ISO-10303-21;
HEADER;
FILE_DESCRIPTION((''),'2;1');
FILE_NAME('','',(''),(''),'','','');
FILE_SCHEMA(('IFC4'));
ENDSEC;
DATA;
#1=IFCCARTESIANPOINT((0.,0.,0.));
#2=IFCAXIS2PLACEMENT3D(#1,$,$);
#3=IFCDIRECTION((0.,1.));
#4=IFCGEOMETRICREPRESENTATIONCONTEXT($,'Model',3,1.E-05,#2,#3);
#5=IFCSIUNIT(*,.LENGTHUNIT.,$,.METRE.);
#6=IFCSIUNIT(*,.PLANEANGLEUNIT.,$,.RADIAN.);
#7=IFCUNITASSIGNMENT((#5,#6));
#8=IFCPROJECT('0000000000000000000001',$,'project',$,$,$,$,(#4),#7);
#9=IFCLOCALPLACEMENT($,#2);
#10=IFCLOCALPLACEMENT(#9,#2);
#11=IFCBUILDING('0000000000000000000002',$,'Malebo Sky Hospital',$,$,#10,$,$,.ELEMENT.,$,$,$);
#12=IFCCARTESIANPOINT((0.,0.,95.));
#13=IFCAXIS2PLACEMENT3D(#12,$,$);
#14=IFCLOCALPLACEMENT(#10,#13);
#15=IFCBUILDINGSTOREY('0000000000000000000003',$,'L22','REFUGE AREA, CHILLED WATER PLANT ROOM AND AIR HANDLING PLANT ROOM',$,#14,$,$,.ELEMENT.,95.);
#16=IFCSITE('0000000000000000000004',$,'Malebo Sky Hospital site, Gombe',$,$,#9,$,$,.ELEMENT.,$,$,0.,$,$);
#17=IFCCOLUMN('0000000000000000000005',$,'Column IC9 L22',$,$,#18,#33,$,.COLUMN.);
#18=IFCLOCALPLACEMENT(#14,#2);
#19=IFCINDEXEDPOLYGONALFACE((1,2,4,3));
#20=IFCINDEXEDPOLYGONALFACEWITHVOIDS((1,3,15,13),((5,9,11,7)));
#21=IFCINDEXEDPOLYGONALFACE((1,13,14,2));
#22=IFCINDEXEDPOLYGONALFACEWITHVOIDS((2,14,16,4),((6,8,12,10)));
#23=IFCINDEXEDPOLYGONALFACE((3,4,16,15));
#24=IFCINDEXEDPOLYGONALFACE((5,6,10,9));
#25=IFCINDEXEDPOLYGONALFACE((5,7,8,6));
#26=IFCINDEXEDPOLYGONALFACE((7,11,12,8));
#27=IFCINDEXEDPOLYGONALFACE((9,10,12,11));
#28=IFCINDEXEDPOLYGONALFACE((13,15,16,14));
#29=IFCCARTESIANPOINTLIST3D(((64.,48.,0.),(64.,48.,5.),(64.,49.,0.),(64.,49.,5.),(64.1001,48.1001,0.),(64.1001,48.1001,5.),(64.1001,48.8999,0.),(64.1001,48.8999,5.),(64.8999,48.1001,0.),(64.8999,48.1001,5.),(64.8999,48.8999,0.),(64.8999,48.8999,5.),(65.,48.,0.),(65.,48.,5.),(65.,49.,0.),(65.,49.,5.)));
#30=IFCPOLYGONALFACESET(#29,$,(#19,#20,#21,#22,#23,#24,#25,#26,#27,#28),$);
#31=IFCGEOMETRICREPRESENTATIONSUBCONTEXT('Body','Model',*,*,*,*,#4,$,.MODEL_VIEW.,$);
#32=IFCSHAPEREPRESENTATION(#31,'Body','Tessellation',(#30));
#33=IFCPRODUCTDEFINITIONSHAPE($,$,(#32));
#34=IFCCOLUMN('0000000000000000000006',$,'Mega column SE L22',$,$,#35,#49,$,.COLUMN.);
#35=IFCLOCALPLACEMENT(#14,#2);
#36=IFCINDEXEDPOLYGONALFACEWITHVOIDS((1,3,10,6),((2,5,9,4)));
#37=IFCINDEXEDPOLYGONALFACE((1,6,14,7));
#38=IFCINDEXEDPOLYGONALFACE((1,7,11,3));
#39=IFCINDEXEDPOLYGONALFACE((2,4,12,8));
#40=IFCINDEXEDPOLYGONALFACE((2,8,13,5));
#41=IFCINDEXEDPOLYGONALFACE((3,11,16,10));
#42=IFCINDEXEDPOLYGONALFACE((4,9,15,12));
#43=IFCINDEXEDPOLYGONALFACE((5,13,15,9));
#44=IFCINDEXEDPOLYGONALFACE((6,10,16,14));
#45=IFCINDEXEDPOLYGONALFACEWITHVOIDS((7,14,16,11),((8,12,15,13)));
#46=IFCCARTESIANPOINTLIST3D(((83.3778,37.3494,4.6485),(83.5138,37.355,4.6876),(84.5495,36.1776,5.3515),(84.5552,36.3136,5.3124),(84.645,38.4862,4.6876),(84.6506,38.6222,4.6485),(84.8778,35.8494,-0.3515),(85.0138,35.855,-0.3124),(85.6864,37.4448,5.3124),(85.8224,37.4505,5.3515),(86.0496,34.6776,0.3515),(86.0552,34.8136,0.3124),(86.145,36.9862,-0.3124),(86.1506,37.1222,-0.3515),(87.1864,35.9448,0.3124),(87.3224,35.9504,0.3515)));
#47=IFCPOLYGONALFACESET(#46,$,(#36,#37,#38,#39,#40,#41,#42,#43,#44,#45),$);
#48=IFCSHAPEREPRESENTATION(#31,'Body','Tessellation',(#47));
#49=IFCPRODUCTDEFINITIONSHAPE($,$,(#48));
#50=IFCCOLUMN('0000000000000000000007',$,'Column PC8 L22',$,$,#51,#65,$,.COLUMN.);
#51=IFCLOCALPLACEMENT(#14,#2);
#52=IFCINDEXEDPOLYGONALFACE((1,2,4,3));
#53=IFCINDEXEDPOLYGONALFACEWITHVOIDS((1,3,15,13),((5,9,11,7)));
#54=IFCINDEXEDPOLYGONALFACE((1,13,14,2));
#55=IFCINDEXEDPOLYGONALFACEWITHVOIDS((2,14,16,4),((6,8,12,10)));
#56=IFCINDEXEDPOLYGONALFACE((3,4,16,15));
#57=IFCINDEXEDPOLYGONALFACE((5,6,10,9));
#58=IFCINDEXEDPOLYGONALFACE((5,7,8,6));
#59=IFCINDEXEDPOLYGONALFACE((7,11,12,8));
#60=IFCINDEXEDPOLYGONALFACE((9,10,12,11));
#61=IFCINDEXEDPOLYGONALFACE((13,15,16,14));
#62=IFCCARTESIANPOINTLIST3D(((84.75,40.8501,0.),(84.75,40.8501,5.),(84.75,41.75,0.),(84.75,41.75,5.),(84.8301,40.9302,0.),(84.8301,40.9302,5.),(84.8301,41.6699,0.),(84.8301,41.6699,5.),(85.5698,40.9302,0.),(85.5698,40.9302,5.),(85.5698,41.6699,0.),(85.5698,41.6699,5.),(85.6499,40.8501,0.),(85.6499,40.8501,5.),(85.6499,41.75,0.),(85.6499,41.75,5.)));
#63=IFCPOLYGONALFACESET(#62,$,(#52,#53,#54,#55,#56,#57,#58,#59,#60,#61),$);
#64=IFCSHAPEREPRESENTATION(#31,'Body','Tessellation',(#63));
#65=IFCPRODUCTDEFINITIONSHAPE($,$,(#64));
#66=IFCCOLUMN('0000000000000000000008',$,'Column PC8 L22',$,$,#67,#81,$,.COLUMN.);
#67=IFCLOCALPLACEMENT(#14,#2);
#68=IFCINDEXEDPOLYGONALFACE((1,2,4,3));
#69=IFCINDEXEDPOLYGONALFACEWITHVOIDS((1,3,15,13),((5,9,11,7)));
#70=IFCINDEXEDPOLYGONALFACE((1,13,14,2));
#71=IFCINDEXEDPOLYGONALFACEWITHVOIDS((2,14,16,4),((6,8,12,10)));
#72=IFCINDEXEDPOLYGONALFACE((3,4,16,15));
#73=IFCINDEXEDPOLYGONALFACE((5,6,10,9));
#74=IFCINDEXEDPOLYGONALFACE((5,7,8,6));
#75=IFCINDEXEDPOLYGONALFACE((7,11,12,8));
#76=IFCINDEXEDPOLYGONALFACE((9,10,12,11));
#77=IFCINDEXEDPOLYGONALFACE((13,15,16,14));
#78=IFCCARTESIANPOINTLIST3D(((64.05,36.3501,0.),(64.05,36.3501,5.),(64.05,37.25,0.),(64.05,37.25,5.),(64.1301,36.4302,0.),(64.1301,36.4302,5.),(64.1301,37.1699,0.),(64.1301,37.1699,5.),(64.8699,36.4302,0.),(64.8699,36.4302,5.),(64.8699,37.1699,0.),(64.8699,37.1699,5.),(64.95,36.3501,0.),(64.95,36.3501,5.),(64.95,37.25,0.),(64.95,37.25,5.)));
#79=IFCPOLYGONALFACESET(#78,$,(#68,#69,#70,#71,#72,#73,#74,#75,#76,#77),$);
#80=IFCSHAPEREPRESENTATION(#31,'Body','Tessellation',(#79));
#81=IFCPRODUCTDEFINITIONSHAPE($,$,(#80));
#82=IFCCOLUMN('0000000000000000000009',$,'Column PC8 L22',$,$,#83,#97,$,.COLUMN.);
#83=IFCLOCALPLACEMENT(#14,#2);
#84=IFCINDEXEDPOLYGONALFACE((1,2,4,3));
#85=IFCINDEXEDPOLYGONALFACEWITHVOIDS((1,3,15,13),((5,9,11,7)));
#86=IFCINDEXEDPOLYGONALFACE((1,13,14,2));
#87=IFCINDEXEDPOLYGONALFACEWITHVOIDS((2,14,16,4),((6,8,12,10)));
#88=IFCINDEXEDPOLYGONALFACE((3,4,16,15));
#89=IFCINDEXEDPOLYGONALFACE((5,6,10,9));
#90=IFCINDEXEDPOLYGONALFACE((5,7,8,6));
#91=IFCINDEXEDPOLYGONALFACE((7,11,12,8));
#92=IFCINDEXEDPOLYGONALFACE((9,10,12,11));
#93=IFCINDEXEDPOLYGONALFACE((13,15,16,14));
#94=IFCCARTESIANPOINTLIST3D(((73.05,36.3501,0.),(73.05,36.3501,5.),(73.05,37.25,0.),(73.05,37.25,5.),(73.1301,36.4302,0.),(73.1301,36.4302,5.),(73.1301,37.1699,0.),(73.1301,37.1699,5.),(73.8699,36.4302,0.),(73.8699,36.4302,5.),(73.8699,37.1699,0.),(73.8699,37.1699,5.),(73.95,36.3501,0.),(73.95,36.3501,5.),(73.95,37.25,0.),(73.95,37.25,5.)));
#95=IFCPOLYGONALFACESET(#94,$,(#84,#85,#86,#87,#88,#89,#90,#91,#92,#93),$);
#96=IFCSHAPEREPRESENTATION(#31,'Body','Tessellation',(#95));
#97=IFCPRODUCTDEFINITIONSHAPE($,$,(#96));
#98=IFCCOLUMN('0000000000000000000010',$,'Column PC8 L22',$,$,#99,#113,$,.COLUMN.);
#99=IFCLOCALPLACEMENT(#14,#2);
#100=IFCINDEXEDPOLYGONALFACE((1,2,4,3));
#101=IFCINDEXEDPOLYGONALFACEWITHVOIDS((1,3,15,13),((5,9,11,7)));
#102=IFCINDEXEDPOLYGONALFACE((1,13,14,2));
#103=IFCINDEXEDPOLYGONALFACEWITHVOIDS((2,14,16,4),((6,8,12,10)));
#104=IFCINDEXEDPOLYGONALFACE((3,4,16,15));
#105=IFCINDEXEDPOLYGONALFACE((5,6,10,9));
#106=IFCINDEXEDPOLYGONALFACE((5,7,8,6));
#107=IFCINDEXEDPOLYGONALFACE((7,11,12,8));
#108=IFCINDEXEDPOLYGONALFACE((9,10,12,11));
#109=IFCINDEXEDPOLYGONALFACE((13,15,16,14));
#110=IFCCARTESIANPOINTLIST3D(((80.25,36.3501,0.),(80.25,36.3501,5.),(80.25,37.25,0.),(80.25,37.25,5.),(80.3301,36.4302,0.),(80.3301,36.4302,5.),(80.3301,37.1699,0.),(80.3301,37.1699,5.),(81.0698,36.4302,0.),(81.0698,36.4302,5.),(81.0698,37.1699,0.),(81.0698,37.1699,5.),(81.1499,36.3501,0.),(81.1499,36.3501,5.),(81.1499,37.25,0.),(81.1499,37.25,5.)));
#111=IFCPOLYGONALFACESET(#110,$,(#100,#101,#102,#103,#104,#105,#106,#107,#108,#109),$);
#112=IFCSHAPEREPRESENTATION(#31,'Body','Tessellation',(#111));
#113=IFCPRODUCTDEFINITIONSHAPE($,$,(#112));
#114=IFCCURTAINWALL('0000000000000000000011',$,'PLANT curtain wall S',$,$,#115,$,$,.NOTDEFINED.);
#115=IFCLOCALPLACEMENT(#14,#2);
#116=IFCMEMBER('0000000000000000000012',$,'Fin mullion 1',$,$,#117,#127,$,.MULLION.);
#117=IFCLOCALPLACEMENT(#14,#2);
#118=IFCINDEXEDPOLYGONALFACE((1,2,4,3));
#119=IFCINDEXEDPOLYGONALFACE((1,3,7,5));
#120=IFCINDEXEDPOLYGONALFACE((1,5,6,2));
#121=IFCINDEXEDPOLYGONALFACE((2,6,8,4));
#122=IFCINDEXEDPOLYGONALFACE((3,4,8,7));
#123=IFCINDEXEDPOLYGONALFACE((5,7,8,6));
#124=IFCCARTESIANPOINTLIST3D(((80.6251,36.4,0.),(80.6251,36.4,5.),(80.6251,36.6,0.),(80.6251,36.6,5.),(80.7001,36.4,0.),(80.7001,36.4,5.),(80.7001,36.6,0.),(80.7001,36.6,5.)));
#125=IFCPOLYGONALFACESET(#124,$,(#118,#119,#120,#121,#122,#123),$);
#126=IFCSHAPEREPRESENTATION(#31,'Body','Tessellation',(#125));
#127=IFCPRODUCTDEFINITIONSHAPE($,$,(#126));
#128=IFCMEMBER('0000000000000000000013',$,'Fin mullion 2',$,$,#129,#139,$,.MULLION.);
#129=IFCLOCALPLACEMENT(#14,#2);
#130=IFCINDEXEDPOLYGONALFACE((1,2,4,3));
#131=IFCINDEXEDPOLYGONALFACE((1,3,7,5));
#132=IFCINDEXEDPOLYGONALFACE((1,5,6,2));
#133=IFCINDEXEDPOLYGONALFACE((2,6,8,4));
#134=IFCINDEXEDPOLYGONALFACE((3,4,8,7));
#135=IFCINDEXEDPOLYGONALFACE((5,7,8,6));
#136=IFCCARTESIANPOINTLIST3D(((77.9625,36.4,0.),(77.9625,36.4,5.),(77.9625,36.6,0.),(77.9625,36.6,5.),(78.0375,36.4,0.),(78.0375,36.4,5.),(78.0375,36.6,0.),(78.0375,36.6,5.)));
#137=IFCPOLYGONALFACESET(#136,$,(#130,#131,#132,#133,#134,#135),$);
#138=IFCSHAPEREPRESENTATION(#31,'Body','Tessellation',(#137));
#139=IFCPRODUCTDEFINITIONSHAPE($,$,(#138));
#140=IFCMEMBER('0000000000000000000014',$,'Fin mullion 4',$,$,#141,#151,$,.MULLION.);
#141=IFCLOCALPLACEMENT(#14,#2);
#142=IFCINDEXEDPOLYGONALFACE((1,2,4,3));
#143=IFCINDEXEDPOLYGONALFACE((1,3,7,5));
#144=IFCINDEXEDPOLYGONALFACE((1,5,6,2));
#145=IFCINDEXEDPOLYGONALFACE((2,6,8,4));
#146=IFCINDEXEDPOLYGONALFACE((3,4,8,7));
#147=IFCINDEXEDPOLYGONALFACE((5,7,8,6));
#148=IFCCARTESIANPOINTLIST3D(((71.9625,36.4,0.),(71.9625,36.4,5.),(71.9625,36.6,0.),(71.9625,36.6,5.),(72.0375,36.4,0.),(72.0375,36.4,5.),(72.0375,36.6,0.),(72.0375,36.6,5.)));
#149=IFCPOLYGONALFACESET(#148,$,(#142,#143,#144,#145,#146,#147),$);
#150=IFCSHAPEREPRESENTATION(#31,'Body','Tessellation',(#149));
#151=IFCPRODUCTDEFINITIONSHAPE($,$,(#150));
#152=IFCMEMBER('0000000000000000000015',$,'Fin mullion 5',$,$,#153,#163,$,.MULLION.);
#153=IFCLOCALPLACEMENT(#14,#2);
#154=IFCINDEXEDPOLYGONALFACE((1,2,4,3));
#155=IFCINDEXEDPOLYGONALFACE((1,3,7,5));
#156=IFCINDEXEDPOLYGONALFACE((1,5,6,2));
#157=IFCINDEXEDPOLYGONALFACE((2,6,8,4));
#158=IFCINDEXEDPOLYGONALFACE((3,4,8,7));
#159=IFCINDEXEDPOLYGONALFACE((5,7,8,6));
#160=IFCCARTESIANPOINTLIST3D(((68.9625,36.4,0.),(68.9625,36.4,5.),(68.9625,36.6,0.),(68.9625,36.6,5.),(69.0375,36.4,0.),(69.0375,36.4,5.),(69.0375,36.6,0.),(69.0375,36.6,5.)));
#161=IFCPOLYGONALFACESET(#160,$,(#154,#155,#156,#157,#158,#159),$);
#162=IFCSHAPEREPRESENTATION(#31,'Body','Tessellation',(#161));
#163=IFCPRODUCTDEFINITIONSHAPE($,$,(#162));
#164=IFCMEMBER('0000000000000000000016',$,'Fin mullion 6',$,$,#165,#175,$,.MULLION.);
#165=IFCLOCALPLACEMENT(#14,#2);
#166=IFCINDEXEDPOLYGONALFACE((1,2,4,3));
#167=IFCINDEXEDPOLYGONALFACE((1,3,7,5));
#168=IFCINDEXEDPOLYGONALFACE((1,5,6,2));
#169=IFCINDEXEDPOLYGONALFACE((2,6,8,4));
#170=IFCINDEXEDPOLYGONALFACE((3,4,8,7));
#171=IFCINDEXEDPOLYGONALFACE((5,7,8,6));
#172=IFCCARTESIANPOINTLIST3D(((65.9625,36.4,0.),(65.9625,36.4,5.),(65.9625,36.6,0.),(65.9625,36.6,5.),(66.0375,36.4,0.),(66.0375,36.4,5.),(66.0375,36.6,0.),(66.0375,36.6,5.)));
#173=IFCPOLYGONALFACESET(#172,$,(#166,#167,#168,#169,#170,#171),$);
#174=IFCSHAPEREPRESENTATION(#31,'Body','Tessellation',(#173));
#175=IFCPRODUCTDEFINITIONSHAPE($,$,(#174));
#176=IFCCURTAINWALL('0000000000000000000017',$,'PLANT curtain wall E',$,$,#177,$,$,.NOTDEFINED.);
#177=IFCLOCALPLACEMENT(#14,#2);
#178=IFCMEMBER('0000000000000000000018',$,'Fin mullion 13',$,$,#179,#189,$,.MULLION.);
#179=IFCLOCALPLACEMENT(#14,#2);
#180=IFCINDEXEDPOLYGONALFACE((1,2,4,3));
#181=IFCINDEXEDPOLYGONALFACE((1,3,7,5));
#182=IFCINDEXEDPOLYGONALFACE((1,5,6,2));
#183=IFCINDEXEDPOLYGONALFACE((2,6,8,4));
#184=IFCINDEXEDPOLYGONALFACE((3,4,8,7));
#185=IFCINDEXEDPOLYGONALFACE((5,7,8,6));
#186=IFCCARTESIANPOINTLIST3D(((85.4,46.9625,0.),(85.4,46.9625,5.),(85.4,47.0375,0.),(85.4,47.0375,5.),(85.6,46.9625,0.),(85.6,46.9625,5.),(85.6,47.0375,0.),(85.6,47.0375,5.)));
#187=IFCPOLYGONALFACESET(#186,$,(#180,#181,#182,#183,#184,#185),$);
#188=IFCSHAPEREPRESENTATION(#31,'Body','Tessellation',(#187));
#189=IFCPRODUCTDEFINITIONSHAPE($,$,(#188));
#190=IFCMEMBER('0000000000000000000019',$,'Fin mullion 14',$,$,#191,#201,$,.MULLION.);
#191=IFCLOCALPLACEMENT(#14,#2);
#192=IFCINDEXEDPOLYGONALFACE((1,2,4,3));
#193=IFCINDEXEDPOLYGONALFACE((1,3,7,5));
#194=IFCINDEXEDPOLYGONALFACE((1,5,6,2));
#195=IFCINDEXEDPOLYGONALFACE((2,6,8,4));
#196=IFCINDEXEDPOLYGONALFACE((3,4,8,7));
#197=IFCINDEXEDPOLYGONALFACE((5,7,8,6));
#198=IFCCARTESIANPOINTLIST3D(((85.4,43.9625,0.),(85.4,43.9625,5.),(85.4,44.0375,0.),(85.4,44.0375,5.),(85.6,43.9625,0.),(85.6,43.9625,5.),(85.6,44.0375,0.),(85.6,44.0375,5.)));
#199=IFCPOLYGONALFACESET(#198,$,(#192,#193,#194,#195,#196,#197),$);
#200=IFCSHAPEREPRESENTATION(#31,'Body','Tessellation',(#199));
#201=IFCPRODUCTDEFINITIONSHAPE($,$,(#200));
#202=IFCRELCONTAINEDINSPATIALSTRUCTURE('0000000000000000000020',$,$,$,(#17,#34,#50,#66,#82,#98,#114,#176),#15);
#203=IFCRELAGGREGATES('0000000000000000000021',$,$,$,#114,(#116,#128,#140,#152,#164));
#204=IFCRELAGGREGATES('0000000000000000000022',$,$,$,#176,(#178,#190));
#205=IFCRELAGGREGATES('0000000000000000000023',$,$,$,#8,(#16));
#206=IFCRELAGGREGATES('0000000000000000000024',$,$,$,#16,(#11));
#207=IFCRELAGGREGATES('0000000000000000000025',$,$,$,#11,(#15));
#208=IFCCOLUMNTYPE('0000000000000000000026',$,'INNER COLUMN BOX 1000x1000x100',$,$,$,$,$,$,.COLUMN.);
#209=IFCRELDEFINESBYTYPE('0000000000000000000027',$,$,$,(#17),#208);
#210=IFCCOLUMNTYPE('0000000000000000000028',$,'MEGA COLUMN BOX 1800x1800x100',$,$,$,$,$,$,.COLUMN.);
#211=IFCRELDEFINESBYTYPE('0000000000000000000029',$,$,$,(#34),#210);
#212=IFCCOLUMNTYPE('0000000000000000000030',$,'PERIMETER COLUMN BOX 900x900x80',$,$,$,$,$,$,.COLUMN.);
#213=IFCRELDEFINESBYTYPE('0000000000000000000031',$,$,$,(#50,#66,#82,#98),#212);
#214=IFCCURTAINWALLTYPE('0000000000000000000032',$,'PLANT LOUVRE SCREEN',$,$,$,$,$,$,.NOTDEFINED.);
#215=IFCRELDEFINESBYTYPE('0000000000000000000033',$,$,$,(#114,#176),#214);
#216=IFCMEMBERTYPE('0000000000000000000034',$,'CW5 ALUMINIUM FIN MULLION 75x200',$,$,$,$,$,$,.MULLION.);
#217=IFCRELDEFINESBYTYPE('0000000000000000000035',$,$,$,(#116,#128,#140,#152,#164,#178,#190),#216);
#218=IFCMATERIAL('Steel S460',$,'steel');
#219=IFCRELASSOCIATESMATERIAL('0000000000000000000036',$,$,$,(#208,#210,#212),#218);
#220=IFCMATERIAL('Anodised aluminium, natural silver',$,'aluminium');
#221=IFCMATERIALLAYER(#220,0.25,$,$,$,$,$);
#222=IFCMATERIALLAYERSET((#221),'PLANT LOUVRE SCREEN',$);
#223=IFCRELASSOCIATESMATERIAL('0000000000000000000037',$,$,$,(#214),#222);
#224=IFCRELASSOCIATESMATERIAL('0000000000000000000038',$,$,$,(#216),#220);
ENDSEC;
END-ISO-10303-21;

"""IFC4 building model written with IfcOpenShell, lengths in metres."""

from ifc_helpers import new_model, si_unit, direction, frame, origin, origin_2d, place, context, subcontext, project, spatial, rectangle, hollow_rectangle, extrude, material, layer, layer_set, material_profile, profile_set, type_object, element, aggregate, save


model = new_model("IFC4")

# Units and contexts
model_context = context("Model", 3, precision=1e-05, world=origin(), true_north=direction((0.0, 1.0)))
body_context = subcontext(model_context, "Body", "Model", "MODEL_VIEW")
ifc_project = project(units=[si_unit("LENGTHUNIT", "METRE"), si_unit("PLANEANGLEUNIT", "RADIAN")], contexts=[model_context])

# Site, building, storey
site_placement = place(None, origin())
site = spatial("IfcSite", under=ifc_project, at=site_placement, Name="Malebo Sky Hospital site, Gombe", CompositionType="ELEMENT", RefElevation=0.0)
building_placement = place(site_placement, origin())
building = spatial("IfcBuilding", under=site, at=building_placement, Name="Malebo Sky Hospital", CompositionType="ELEMENT")
storey_placement = place(building_placement, frame((0.0, 0.0, 95.0)))
storey = spatial("IfcBuildingStorey", under=building, at=storey_placement, Name="L22", Description="REFUGE AREA, CHILLED WATER PLANT ROOM AND AIR HANDLING PLANT ROOM", CompositionType="ELEMENT", Elevation=95.0)

# Columns
ifc_material_1 = material(Name="Steel S460", Category="steel")
ifc_material_profile_1 = material_profile(ifc_material_1, hollow_rectangle(XDim=1.0, YDim=1.0, WallThickness=0.1001, at=origin_2d()), Name="BOX 1000x1000x100")
ifc_profile_set_1 = profile_set([ifc_material_profile_1], Name="Steel S460")
column_type_1 = type_object("IfcColumnType", Name="INNER COLUMN BOX 1000x1000x100", PredefinedType="COLUMN", material=ifc_profile_set_1)
column_1_placement = place(storey_placement, frame((64.5, 48.5, 0.0), z_axis=(0.0, 0.0, 1.0), x_axis=(1.0, 0.0, 0.0)))
element("IfcColumn", 1, at=column_1_placement, inside=storey, type_object=column_type_1, Name="Column IC9 L22", PredefinedType="COLUMN", context=body_context, shape_type="SweptSolid", body=[
    extrude(hollow_rectangle(XDim=1.0, YDim=1.0, WallThickness=0.1001, at=origin_2d()), origin(), (0.0, 0.0, 1.0), 5.0),
])
ifc_material_profile_2 = material_profile(ifc_material_1, hollow_rectangle(XDim=1.8, YDim=1.8, WallThickness=0.1001, at=origin_2d()), Name="BOX 1800x1800x100")
ifc_profile_set_2 = profile_set([ifc_material_profile_2], Name="Steel S460")
column_type_2 = type_object("IfcColumnType", Name="MEGA COLUMN BOX 1800x1800x100", PredefinedType="COLUMN", material=ifc_profile_set_2)
column_2_placement = place(storey_placement, frame((86.1001, 35.8999, 0.0), z_axis=(-0.276172, 0.276172, 0.920575), x_axis=(-0.707107, -0.707107, 0.0)))
element("IfcColumn", 2, at=column_2_placement, inside=storey, type_object=column_type_2, Name="Mega column SE L22", PredefinedType="COLUMN", context=body_context, shape_type="SweptSolid", body=[
    extrude(hollow_rectangle(XDim=1.8, YDim=1.8, WallThickness=0.1001, at=origin_2d()), origin(), (0.0, 0.0, 1.0), 5.4314),
])
ifc_material_profile_3 = material_profile(ifc_material_1, hollow_rectangle(XDim=0.8999, YDim=0.8999, WallThickness=0.0801, at=origin_2d()), Name="BOX 900x900x80")
ifc_profile_set_3 = profile_set([ifc_material_profile_3], Name="Steel S460")
column_type_3 = type_object("IfcColumnType", Name="PERIMETER COLUMN BOX 900x900x80", PredefinedType="COLUMN", material=ifc_profile_set_3)
for number, where, z_axis, x_axis, name in (
    (3, (85.2, 41.3, 0.0), (0.0, 0.0, 1.0), (1.0, 0.0, 0.0), "Column PC8 L22"),
    (4, (64.5, 36.8, 0.0), (0.0, 0.0, 1.0), (1.0, 0.0, 0.0), "Column PC8 L22"),
    (5, (73.5, 36.8, 0.0), (0.0, 0.0, 1.0), (1.0, 0.0, 0.0), "Column PC8 L22"),
    (6, (80.7, 36.8, 0.0), (0.0, 0.0, 1.0), (1.0, 0.0, 0.0), "Column PC8 L22"),
):
    element("IfcColumn", number, at=place(storey_placement, frame(where, z_axis=z_axis, x_axis=x_axis)), inside=storey, type_object=column_type_3, Name=name, PredefinedType="COLUMN", context=body_context, shape_type="SweptSolid", body=[
        extrude(hollow_rectangle(XDim=0.8999, YDim=0.8999, WallThickness=0.0801, at=origin_2d()), origin(), (0.0, 0.0, 1.0), 5.0),
    ])

# Curtain walls, members
ifc_material_2 = material(Name="Anodised aluminium, natural silver", Category="aluminium")
ifc_layer_1 = layer(ifc_material_2, 0.25)
ifc_layer_set_1 = layer_set([ifc_layer_1], Name="PLANT LOUVRE SCREEN")
curtain_wall_type = type_object("IfcCurtainWallType", Name="PLANT LOUVRE SCREEN", PredefinedType="NOTDEFINED", material=ifc_layer_set_1)
curtain_wall_1_placement = place(storey_placement, origin())
curtain_wall_1 = element("IfcCurtainWall", 7, at=curtain_wall_1_placement, inside=storey, type_object=curtain_wall_type, Name="PLANT curtain wall S", PredefinedType="NOTDEFINED")
ifc_material_profile_4 = material_profile(ifc_material_2, rectangle(XDim=0.075, YDim=0.2, at=origin_2d()), Name="CW5 ALUMINIUM FIN MULLION 75x200")
ifc_profile_set_4 = profile_set([ifc_material_profile_4], Name="Anodised aluminium, natural silver")
member_type_1 = type_object("IfcMemberType", Name="CW5 ALUMINIUM FIN MULLION 75x200", PredefinedType="MULLION", material=ifc_profile_set_4)
member_1_placement = place(storey_placement, frame((80.6626, 36.5, 0.0), z_axis=(0.0, 0.0, 1.0), x_axis=(-1.0, 0.0, 0.0)))
member_1 = element("IfcMember", 8, at=member_1_placement, type_object=member_type_1, Name="Fin mullion 1", PredefinedType="MULLION", context=body_context, shape_type="SweptSolid", body=[
    extrude(rectangle(XDim=0.075, YDim=0.2, at=origin_2d()), origin(), (0.0, 0.0, 1.0), 5.0),
])
member_2_placement = place(storey_placement, frame((78.0, 36.5, 0.0), z_axis=(0.0, 0.0, 1.0), x_axis=(-1.0, 0.0, 0.0)))
member_2 = element("IfcMember", 9, at=member_2_placement, type_object=member_type_1, Name="Fin mullion 2", PredefinedType="MULLION", context=body_context, shape_type="SweptSolid", body=[
    extrude(rectangle(XDim=0.075, YDim=0.2, at=origin_2d()), origin(), (0.0, 0.0, 1.0), 5.0),
])
member_3_placement = place(storey_placement, frame((72.0, 36.5, 0.0), z_axis=(0.0, 0.0, 1.0), x_axis=(-1.0, 0.0, 0.0)))
member_3 = element("IfcMember", 10, at=member_3_placement, type_object=member_type_1, Name="Fin mullion 4", PredefinedType="MULLION", context=body_context, shape_type="SweptSolid", body=[
    extrude(rectangle(XDim=0.075, YDim=0.2, at=origin_2d()), origin(), (0.0, 0.0, 1.0), 5.0),
])
member_4_placement = place(storey_placement, frame((69.0, 36.5, 0.0), z_axis=(0.0, 0.0, 1.0), x_axis=(-1.0, 0.0, 0.0)))
member_4 = element("IfcMember", 11, at=member_4_placement, type_object=member_type_1, Name="Fin mullion 5", PredefinedType="MULLION", context=body_context, shape_type="SweptSolid", body=[
    extrude(rectangle(XDim=0.075, YDim=0.2, at=origin_2d()), origin(), (0.0, 0.0, 1.0), 5.0),
])
member_5_placement = place(storey_placement, frame((66.0, 36.5, 0.0), z_axis=(0.0, 0.0, 1.0), x_axis=(-1.0, 0.0, 0.0)))
member_5 = element("IfcMember", 12, at=member_5_placement, type_object=member_type_1, Name="Fin mullion 6", PredefinedType="MULLION", context=body_context, shape_type="SweptSolid", body=[
    extrude(rectangle(XDim=0.075, YDim=0.2, at=origin_2d()), origin(), (0.0, 0.0, 1.0), 5.0),
])
curtain_wall_2_placement = place(storey_placement, origin())
curtain_wall_2 = element("IfcCurtainWall", 13, at=curtain_wall_2_placement, inside=storey, type_object=curtain_wall_type, Name="PLANT curtain wall E", PredefinedType="NOTDEFINED")
member_6_placement = place(storey_placement, frame((85.5, 47.0, 0.0), z_axis=(0.0, 0.0, 1.0), x_axis=(0.0, -1.0, 0.0)))
member_6 = element("IfcMember", 14, at=member_6_placement, type_object=member_type_1, Name="Fin mullion 13", PredefinedType="MULLION", context=body_context, shape_type="SweptSolid", body=[
    extrude(rectangle(XDim=0.075, YDim=0.2, at=origin_2d()), origin(), (0.0, 0.0, 1.0), 5.0),
])
member_7_placement = place(storey_placement, frame((85.5, 44.0, 0.0), z_axis=(0.0, 0.0, 1.0), x_axis=(0.0, -1.0, 0.0)))
member_7 = element("IfcMember", 15, at=member_7_placement, type_object=member_type_1, Name="Fin mullion 14", PredefinedType="MULLION", context=body_context, shape_type="SweptSolid", body=[
    extrude(rectangle(XDim=0.075, YDim=0.2, at=origin_2d()), origin(), (0.0, 0.0, 1.0), 5.0),
])

aggregate(curtain_wall_1, [member_1, member_2, member_3, member_4, member_5])
aggregate(curtain_wall_2, [member_6, member_7])

save(model, "model.ifc")
